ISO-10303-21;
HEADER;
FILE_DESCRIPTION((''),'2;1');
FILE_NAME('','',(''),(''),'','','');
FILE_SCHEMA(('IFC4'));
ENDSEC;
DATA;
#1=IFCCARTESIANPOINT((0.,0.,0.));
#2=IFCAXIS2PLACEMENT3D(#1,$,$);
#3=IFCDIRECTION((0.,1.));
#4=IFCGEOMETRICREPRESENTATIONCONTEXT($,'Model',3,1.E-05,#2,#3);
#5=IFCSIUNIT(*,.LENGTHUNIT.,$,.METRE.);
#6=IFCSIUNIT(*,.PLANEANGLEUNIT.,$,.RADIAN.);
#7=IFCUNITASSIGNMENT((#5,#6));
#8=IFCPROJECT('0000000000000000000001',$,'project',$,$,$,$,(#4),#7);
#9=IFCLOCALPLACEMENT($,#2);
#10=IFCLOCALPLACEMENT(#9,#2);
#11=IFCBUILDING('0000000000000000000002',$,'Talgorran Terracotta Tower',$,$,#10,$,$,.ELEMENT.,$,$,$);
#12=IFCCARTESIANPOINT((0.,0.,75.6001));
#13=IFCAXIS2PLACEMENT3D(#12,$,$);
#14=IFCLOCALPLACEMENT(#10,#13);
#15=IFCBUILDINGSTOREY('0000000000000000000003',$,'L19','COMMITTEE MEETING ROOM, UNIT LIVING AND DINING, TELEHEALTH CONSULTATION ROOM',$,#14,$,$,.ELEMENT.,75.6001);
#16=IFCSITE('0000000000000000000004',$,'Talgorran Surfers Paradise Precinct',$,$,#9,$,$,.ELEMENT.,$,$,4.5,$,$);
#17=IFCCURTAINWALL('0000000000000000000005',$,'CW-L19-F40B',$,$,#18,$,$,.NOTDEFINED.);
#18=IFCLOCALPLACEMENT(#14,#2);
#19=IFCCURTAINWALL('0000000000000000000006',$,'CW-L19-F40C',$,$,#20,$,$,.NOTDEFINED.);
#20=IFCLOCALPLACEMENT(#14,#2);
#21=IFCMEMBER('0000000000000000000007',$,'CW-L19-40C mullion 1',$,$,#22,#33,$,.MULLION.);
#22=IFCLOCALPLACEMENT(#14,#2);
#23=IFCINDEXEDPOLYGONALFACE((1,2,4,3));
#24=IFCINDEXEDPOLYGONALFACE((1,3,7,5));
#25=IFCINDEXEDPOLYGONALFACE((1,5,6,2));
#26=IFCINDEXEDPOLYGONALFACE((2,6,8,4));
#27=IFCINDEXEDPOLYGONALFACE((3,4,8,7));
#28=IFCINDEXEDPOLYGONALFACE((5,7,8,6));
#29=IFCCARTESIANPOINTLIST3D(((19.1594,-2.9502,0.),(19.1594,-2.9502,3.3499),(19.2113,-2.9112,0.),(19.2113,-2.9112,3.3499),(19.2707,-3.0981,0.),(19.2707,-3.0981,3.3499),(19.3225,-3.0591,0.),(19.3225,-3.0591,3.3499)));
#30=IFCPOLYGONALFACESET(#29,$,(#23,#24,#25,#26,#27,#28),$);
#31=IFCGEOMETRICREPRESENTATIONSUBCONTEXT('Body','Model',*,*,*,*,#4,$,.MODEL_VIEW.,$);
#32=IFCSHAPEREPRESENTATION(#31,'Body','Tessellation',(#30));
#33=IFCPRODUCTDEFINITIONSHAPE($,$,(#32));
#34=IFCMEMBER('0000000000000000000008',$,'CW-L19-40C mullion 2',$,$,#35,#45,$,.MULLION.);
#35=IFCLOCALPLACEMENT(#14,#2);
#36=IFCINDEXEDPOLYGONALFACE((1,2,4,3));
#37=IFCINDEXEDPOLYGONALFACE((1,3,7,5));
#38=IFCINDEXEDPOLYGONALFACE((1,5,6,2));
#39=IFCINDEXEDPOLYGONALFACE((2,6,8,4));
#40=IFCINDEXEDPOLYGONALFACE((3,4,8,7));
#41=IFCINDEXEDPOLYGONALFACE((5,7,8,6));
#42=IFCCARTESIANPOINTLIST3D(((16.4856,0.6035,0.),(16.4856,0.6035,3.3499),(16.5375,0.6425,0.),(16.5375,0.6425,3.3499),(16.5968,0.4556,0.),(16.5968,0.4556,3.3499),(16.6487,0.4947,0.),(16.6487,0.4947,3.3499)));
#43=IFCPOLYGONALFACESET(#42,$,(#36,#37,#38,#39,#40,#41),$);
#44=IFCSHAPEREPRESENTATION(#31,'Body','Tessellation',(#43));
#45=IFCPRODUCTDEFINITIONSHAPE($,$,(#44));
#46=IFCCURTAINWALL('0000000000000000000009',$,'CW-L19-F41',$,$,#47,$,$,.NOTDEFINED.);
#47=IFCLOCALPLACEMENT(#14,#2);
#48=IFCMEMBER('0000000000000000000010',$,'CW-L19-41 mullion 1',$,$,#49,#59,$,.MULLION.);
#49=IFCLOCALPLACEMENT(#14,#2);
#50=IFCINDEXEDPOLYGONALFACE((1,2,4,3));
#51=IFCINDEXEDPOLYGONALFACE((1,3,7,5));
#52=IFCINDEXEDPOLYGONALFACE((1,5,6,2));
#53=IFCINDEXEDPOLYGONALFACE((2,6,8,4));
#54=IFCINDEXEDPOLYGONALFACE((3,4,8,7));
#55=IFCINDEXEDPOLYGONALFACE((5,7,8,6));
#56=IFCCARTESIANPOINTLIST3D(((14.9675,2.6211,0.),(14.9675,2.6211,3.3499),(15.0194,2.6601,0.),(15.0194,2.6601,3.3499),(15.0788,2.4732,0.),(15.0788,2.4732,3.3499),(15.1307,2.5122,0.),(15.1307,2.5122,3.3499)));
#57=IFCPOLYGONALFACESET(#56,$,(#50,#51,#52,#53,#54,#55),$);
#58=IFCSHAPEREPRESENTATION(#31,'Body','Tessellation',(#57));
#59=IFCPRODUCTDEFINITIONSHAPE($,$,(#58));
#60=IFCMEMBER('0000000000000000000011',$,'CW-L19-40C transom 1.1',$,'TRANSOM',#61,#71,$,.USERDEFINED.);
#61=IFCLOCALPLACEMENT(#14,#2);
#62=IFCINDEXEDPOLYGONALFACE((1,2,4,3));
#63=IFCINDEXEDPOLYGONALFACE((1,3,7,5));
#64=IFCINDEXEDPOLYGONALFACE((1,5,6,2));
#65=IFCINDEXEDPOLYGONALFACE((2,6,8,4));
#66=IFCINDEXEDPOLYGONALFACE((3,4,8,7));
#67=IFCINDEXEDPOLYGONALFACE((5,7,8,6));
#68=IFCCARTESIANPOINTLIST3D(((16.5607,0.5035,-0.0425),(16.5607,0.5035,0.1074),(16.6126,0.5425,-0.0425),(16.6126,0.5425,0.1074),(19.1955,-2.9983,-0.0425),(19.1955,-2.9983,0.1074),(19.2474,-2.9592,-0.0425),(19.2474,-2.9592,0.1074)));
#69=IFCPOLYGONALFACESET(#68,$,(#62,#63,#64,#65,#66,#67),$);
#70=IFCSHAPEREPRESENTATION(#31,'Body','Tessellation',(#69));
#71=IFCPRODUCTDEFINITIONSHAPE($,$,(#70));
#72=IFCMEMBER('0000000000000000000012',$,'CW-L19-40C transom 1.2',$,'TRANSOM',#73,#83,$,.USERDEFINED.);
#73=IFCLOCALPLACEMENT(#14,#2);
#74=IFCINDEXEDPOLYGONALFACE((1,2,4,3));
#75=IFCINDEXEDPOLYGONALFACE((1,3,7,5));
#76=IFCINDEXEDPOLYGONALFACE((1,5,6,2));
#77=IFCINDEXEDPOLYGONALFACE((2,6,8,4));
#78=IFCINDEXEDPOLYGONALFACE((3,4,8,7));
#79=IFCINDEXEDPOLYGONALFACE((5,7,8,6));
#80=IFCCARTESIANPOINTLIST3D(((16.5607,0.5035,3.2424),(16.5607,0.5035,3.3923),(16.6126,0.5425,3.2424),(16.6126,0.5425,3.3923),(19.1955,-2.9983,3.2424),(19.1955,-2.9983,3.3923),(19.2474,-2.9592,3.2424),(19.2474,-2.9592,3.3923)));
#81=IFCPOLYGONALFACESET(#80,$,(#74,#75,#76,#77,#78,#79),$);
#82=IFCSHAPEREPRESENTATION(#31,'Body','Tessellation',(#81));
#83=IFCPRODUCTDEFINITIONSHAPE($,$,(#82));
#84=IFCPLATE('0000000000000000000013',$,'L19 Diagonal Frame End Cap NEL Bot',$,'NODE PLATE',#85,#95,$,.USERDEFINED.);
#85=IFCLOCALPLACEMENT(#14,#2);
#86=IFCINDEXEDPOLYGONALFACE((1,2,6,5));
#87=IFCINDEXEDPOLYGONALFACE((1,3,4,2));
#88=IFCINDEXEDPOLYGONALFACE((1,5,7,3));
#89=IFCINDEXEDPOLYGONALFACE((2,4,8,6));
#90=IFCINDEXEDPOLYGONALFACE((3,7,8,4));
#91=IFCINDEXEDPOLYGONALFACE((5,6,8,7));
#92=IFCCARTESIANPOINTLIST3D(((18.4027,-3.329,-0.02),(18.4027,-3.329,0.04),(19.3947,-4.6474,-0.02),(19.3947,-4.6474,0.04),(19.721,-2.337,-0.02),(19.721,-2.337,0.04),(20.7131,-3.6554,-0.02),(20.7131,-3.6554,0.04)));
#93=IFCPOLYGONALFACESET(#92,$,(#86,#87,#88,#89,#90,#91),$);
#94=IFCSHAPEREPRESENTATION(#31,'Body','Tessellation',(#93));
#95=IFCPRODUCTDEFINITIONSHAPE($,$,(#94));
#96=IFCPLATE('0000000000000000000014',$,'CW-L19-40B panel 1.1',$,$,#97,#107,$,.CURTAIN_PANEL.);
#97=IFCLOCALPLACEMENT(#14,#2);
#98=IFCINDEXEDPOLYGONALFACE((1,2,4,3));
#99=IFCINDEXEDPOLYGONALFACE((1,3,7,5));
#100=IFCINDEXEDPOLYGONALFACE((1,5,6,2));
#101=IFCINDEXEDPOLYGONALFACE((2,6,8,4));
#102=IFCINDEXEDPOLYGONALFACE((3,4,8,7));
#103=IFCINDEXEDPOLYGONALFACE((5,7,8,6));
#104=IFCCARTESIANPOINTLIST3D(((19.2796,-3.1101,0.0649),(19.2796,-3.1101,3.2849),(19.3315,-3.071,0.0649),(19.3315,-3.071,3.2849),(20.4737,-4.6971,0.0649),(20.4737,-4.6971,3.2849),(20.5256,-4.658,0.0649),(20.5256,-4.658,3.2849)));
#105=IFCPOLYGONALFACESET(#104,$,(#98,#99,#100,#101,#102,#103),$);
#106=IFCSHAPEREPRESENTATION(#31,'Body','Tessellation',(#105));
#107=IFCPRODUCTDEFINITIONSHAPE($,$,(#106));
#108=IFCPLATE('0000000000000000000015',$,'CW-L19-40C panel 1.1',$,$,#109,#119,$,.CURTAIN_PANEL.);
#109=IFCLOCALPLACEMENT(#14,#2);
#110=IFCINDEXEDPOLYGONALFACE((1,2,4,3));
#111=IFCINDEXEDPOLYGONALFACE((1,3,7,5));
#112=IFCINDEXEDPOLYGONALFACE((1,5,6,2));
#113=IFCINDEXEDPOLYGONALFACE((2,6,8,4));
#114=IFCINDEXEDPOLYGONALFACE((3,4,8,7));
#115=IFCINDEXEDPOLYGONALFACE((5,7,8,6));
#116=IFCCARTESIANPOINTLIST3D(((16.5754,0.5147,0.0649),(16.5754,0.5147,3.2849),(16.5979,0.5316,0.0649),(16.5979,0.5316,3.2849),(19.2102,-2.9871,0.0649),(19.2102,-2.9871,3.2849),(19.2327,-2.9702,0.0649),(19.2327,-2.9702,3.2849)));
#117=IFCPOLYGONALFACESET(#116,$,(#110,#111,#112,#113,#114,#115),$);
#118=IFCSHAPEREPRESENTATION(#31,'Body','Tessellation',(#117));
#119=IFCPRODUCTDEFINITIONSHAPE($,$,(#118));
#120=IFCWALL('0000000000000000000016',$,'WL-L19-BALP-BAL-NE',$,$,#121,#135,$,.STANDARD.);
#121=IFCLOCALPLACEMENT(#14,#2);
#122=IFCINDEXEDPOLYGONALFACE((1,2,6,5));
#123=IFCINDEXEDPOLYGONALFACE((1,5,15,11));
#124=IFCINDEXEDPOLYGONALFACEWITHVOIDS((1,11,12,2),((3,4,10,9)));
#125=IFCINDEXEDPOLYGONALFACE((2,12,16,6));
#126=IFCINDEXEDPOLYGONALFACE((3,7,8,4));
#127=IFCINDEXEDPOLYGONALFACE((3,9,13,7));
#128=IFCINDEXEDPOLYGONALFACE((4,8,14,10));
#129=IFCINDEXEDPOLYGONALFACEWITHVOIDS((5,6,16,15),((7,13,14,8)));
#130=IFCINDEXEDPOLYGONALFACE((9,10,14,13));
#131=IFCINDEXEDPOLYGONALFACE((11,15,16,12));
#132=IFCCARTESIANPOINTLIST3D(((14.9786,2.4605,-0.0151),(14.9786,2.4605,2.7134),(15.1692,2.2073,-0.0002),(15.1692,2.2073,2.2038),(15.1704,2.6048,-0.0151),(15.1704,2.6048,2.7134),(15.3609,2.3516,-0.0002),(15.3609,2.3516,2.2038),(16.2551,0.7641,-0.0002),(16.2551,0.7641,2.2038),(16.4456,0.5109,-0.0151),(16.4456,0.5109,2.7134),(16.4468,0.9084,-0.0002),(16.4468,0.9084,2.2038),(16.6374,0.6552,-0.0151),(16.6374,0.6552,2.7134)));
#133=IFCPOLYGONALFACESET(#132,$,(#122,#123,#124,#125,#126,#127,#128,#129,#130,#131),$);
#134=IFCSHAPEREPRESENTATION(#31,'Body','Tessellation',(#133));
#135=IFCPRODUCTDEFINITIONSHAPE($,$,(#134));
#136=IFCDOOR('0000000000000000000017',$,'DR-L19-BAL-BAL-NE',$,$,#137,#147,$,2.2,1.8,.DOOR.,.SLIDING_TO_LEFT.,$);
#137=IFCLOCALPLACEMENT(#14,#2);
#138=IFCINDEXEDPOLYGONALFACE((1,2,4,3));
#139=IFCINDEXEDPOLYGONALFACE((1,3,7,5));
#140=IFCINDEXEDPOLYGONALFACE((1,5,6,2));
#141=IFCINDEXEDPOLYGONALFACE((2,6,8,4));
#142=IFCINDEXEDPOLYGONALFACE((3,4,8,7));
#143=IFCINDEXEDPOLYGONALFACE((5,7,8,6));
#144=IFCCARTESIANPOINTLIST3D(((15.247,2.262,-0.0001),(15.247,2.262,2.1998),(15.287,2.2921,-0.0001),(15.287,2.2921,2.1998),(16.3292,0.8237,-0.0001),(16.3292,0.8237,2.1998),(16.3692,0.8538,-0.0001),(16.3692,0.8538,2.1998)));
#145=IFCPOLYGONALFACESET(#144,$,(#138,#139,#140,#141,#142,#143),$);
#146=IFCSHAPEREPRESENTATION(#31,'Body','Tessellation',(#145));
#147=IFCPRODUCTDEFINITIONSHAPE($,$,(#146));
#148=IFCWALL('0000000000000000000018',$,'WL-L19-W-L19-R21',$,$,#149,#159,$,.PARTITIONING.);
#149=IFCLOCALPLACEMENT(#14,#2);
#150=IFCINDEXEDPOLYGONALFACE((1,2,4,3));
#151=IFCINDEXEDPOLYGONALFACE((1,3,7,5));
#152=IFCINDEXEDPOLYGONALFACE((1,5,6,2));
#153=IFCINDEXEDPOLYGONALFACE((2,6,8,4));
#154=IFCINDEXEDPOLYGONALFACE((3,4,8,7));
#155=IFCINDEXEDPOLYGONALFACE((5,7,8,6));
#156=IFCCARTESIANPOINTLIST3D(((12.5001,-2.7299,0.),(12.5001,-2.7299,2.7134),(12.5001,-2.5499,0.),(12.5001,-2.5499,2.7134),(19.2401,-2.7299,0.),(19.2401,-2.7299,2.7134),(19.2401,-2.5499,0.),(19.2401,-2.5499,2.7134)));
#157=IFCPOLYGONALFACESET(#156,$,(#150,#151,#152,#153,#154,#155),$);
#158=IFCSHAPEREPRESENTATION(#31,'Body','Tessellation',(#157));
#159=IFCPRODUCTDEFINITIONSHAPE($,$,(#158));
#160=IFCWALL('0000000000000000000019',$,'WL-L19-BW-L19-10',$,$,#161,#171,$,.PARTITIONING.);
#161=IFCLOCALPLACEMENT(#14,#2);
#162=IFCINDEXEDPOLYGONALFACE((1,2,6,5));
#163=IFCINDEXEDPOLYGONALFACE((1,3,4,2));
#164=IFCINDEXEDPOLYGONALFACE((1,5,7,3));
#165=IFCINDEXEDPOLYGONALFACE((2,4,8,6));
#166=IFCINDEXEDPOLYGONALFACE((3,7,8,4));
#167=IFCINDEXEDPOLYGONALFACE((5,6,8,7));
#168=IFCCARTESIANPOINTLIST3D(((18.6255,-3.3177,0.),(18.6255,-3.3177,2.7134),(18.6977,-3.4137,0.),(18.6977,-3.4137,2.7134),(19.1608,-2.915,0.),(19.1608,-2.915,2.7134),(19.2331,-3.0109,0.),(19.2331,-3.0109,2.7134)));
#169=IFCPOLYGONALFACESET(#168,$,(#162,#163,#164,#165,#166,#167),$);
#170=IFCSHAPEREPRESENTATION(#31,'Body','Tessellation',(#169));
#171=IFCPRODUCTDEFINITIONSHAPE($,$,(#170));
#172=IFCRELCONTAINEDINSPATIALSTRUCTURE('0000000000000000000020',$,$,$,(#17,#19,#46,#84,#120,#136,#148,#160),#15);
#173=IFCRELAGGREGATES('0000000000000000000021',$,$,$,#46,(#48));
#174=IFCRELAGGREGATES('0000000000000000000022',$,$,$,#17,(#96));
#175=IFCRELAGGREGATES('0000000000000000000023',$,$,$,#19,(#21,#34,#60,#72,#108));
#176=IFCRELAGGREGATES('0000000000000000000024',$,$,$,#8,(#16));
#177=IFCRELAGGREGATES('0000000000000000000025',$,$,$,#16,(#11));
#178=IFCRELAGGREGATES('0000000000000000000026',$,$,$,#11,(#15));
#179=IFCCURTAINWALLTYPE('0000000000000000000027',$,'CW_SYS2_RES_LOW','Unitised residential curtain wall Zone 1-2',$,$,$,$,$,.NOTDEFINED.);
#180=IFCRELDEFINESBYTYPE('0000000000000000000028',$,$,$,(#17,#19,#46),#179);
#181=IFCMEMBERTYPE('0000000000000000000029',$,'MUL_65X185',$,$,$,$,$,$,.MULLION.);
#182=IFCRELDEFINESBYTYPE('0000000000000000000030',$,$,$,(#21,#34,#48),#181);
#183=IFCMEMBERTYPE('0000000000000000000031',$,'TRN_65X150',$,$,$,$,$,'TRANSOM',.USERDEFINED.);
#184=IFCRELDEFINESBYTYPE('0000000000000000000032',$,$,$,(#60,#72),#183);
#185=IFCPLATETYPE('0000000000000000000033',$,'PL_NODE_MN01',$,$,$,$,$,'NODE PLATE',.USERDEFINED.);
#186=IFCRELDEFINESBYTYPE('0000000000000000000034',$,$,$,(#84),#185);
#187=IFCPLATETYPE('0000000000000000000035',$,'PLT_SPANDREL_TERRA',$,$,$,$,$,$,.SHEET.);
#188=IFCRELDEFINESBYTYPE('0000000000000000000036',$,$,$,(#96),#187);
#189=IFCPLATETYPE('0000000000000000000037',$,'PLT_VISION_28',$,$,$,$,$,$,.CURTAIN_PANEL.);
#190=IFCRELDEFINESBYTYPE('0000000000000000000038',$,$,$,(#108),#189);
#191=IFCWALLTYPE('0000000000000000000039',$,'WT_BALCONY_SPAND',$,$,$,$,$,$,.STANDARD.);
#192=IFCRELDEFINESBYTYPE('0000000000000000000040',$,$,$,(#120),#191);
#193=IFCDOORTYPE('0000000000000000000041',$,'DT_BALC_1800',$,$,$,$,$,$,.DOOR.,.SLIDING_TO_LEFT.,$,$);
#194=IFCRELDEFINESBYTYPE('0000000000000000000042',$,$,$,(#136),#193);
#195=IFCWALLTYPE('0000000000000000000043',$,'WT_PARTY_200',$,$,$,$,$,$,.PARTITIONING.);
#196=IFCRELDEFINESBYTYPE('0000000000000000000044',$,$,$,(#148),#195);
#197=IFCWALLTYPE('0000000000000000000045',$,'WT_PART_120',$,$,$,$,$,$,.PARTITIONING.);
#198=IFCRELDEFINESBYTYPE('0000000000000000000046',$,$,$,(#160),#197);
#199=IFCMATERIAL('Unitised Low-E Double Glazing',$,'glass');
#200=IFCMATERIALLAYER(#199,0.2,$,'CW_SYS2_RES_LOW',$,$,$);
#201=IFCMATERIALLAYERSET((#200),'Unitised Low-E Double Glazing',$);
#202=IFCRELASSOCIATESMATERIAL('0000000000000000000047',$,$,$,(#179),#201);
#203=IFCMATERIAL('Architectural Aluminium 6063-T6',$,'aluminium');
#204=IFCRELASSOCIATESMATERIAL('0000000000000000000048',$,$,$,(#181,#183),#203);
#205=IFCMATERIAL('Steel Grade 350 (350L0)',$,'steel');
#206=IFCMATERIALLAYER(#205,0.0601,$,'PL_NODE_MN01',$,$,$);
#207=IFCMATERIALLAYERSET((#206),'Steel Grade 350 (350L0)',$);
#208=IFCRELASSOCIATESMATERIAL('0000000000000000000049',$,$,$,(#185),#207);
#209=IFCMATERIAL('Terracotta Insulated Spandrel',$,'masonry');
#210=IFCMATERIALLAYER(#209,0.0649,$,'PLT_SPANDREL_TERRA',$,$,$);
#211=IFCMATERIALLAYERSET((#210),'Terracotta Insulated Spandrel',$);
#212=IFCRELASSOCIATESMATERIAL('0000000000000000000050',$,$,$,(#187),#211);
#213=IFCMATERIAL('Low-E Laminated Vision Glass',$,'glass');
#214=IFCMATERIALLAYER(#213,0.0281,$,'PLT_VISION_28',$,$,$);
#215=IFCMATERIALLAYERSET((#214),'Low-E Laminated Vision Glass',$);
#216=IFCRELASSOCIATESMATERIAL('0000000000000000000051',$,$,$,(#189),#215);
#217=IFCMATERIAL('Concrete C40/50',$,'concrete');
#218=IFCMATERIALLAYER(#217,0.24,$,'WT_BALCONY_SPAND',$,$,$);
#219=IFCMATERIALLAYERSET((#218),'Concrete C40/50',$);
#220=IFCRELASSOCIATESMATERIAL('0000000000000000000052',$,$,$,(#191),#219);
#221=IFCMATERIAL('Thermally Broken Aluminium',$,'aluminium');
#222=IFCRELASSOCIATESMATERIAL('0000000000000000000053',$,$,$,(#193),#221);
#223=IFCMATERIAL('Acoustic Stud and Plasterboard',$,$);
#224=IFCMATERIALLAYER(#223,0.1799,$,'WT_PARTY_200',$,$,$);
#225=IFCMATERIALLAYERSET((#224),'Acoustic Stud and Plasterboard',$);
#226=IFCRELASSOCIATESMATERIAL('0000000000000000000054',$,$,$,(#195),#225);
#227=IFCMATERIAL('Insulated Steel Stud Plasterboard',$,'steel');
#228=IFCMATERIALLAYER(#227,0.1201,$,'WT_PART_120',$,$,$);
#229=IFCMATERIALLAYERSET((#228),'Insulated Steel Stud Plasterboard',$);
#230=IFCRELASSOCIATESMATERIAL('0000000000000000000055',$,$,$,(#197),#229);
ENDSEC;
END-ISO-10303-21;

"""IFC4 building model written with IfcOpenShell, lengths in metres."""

from ifc_helpers import new_model, si_unit, direction, frame, frame_2d, origin, origin_2d, place, context, subcontext, project, spatial, rectangle, extrude, source, transform, mapped, material, layer, layer_set, material_profile, profile_set, type_object, type_shapes, element, fill, aggregate, save


model = new_model("IFC4")

# Units and contexts
model_context = context("Model", 3, precision=1e-05, world=origin(), true_north=direction((0.0, 1.0)))
body_context = subcontext(model_context, "Body", "Model", "MODEL_VIEW")
ifc_project = project(units=[si_unit("LENGTHUNIT", "METRE"), si_unit("PLANEANGLEUNIT", "RADIAN")], contexts=[model_context])

# Site, building, storey
site_placement = place(None, origin())
site = spatial("IfcSite", under=ifc_project, at=site_placement, Name="Talgorran Surfers Paradise Precinct", CompositionType="ELEMENT", RefElevation=4.5)
building_placement = place(site_placement, origin())
building = spatial("IfcBuilding", under=site, at=building_placement, Name="Talgorran Terracotta Tower", CompositionType="ELEMENT")
storey_placement = place(building_placement, frame((0.0, 0.0, 75.6001)))
storey = spatial("IfcBuildingStorey", under=building, at=storey_placement, Name="L19", Description="COMMITTEE MEETING ROOM, UNIT LIVING AND DINING, TELEHEALTH CONSULTATION ROOM", CompositionType="ELEMENT", Elevation=75.6001)

# Shared definitions
ifc_material_1 = material(Name="Steel Grade 350 (350L0)", Category="steel")

# Curtain wall
ifc_material_2 = material(Name="Unitised Low-E Double Glazing", Category="glass")
ifc_layer_1 = layer(ifc_material_2, 0.2, Name="CW_SYS2_RES_LOW")
ifc_layer_set_1 = layer_set([ifc_layer_1], Name="Unitised Low-E Double Glazing")
curtain_wall_type = type_object("IfcCurtainWallType", Name="CW_SYS2_RES_LOW", Description="Unitised residential curtain wall Zone 1-2", PredefinedType="NOTDEFINED", material=ifc_layer_set_1)
curtain_wall_1_placement = place(storey_placement, origin())
curtain_wall_1 = element("IfcCurtainWall", 1, at=curtain_wall_1_placement, inside=storey, type_object=curtain_wall_type, Name="CW-L19-F40B", PredefinedType="NOTDEFINED")
ifc_material_3 = material(Name="Architectural Aluminium 6063-T6", Category="aluminium")
ifc_material_profile_1 = material_profile(ifc_material_3, rectangle(XDim=0.0649, YDim=0.1851, at=origin_2d()), Name="CWM65X185")
ifc_profile_set_1 = profile_set([ifc_material_profile_1], Name="Architectural Aluminium 6063-T6")
member_type_1 = type_object("IfcMemberType", Name="MUL_65X185", PredefinedType="MULLION", material=ifc_profile_set_1)

# Curtain wall, members
curtain_wall_2_placement = place(storey_placement, origin())
curtain_wall_2 = element("IfcCurtainWall", 2, at=curtain_wall_2_placement, inside=storey, type_object=curtain_wall_type, Name="CW-L19-F40C", PredefinedType="NOTDEFINED")
member_1_placement = place(storey_placement, frame((19.241, -3.0046, 0.0), z_axis=(0.0, 0.0, 1.0), x_axis=(-0.799071, -0.601237, 0.0)))
member_1 = element("IfcMember", 3, at=member_1_placement, type_object=member_type_1, Name="CW-L19-40C mullion 1", PredefinedType="MULLION", context=body_context, shape_type="SweptSolid", body=[
    extrude(rectangle(XDim=0.0649, YDim=0.1851, at=origin_2d()), origin(), (0.0, 0.0, 1.0), 3.3499),
])
member_2_placement = place(storey_placement, frame((16.5671, 0.5491, 0.0), z_axis=(0.0, 0.0, 1.0), x_axis=(-0.799071, -0.601237, 0.0)))
member_2 = element("IfcMember", 4, at=member_2_placement, type_object=member_type_1, Name="CW-L19-40C mullion 2", PredefinedType="MULLION", context=body_context, shape_type="SweptSolid", body=[
    extrude(rectangle(XDim=0.0649, YDim=0.1851, at=origin_2d()), origin(), (0.0, 0.0, 1.0), 3.3499),
])

# Curtain wall, member
curtain_wall_3_placement = place(storey_placement, origin())
curtain_wall_3 = element("IfcCurtainWall", 5, at=curtain_wall_3_placement, inside=storey, type_object=curtain_wall_type, Name="CW-L19-F41", PredefinedType="NOTDEFINED")
member_3_placement = place(storey_placement, frame((15.0491, 2.5667, 0.0), z_axis=(0.0, 0.0, 1.0), x_axis=(-0.79906, -0.601252, 0.0)))
member_3 = element("IfcMember", 6, at=member_3_placement, type_object=member_type_1, Name="CW-L19-41 mullion 1", PredefinedType="MULLION", context=body_context, shape_type="SweptSolid", body=[
    extrude(rectangle(XDim=0.0649, YDim=0.1851, at=origin_2d()), origin(), (0.0, 0.0, 1.0), 3.3499),
])
aggregate(curtain_wall_3, [member_3])

# Members
ifc_material_profile_2 = material_profile(ifc_material_3, rectangle(XDim=0.0649, YDim=0.1499, at=origin_2d()), Name="CWT65X150")
ifc_profile_set_2 = profile_set([ifc_material_profile_2], Name="Architectural Aluminium 6063-T6")
member_type_2 = type_object("IfcMemberType", Name="TRN_65X150", ElementType="TRANSOM", PredefinedType="USERDEFINED", material=ifc_profile_set_2)
member_4_placement = place(storey_placement, frame((19.2214, -2.9788, 0.0325), z_axis=(-0.601238, 0.79907, 0.0), x_axis=(-0.79907, -0.601238, 0.0)))
member_4 = element("IfcMember", 7, at=member_4_placement, type_object=member_type_2, Name="CW-L19-40C transom 1.1", ObjectType="TRANSOM", PredefinedType="USERDEFINED", context=body_context, shape_type="SweptSolid", body=[
    extrude(rectangle(XDim=0.0649, YDim=0.1499, at=origin_2d()), origin(), (0.0, 0.0, 1.0), 4.3823),
])
member_5_placement = place(storey_placement, frame((19.2214, -2.9788, 3.3174), z_axis=(-0.601238, 0.79907, 0.0), x_axis=(-0.79907, -0.601238, 0.0)))
member_5 = element("IfcMember", 8, at=member_5_placement, type_object=member_type_2, Name="CW-L19-40C transom 1.2", ObjectType="TRANSOM", PredefinedType="USERDEFINED", context=body_context, shape_type="SweptSolid", body=[
    extrude(rectangle(XDim=0.0649, YDim=0.1499, at=origin_2d()), origin(), (0.0, 0.0, 1.0), 4.3823),
])

# Plates
ifc_layer_2 = layer(ifc_material_1, 0.0601, Name="PL_NODE_MN01")
ifc_layer_set_2 = layer_set([ifc_layer_2], Name="Steel Grade 350 (350L0)")
plate_type_1 = type_object("IfcPlateType", Name="PL_NODE_MN01", ElementType="NODE PLATE", PredefinedType="USERDEFINED", material=ifc_layer_set_2)
plate_1_placement = place(storey_placement, frame((19.5579, -3.4922, -0.02), z_axis=(0.0, 0.0, 1.0), x_axis=(0.601257, -0.799055, 0.0)))
element("IfcPlate", 9, at=plate_1_placement, inside=storey, type_object=plate_type_1, Name="L19 Diagonal Frame End Cap NEL Bot", ObjectType="NODE PLATE", PredefinedType="USERDEFINED", context=body_context, shape_type="SweptSolid", body=[
    extrude(rectangle(XDim=1.6499, YDim=1.6499, at=origin_2d()), origin(), (0.0, 0.0, 1.0), 0.0601),
])
ifc_material_4 = material(Name="Terracotta Insulated Spandrel", Category="masonry")
ifc_layer_3 = layer(ifc_material_4, 0.0649, Name="PLT_SPANDREL_TERRA")
ifc_layer_set_3 = layer_set([ifc_layer_3], Name="Terracotta Insulated Spandrel")
plate_type_2 = type_object("IfcPlateType", Name="PLT_SPANDREL_TERRA", PredefinedType="SHEET", material=ifc_layer_set_3)
shared_shape_1 = source(origin(), body_context, "Body", "SweptSolid", [
    extrude(rectangle(XDim=1.9861, YDim=0.0649, at=origin_2d()), origin(), (0.0, 0.0, 1.0), 3.22),
])
type_shapes(plate_type_2, [shared_shape_1])
plate_2_placement = place(storey_placement, frame((19.9026, -3.884, 0.0649), z_axis=(0.0, 0.0, 1.0), x_axis=(-0.601247, 0.799063, 0.0)))
plate_2 = element("IfcPlate", 10, at=plate_2_placement, type_object=plate_type_2, Name="CW-L19-40B panel 1.1", PredefinedType="CURTAIN_PANEL", context=body_context, shape_type="MappedRepresentation", body=[
    mapped(shared_shape_1, transform((0.0, 0.0, 0.0), scale=1.0)),
])
aggregate(curtain_wall_1, [plate_2])
ifc_material_5 = material(Name="Low-E Laminated Vision Glass", Category="glass")
ifc_layer_4 = layer(ifc_material_5, 0.0281, Name="PLT_VISION_28")
ifc_layer_set_4 = layer_set([ifc_layer_4], Name="Low-E Laminated Vision Glass")
plate_type_3 = type_object("IfcPlateType", Name="PLT_VISION_28", PredefinedType="CURTAIN_PANEL", material=ifc_layer_set_4)
shared_shape_2 = source(origin(), body_context, "Body", "SweptSolid", [
    extrude(rectangle(XDim=4.3823, YDim=0.0281, at=origin_2d()), origin(), (0.0, 0.0, 1.0), 3.22),
])
type_shapes(plate_type_3, [shared_shape_2])
plate_3_placement = place(storey_placement, frame((17.9041, -1.2278, 0.0649), z_axis=(0.0, 0.0, 1.0), x_axis=(-0.601237, 0.799071, 0.0)))
plate_3 = element("IfcPlate", 11, at=plate_3_placement, type_object=plate_type_3, Name="CW-L19-40C panel 1.1", PredefinedType="CURTAIN_PANEL", context=body_context, shape_type="MappedRepresentation", body=[
    mapped(shared_shape_2, transform((0.0, 0.0, 0.0), scale=1.0)),
])
aggregate(curtain_wall_2, [member_1, member_2, member_4, member_5, plate_3])

# Wall, opening, door
ifc_material_6 = material(Name="Concrete C40/50", Category="concrete")
ifc_layer_5 = layer(ifc_material_6, 0.24, Name="WT_BALCONY_SPAND")
ifc_layer_set_5 = layer_set([ifc_layer_5], Name="Concrete C40/50")
wall_type_1 = type_object("IfcWallType", Name="WT_BALCONY_SPAND", PredefinedType="STANDARD", material=ifc_layer_set_5)
wall_1_placement = place(storey_placement, frame((16.5415, 0.583, -0.0151), z_axis=(0.0, 0.0, 1.0), x_axis=(-0.601248, 0.799062, 0.0)))
wall_1 = element("IfcWall", 12, at=wall_1_placement, inside=storey, type_object=wall_type_1, Name="WL-L19-BALP-BAL-NE", PredefinedType="STANDARD", context=body_context, shape_type="SweptSolid", body=[
    extrude(rectangle(XDim=2.4399, YDim=0.24, at=frame_2d((1.22, 0.0))), origin(), (0.0, 0.0, 1.0), 2.7285),
])
opening_placement = place(wall_1_placement, frame((0.3201, 0.0, 0.0149)))
opening = element("IfcOpeningElement", 13, at=opening_placement, cuts=wall_1, PredefinedType="OPENING", context=body_context, shape_type="SweptSolid", body=[
    extrude(rectangle(XDim=1.806, YDim=2.204, at=frame_2d((0.8999, 1.1021))), frame((0.0, 0.1299, 0.0), z_axis=(0.0, -1.0, 0.0), x_axis=(1.0, 0.0, 0.0)), (0.0, 0.0, 1.0), 0.26),
])
ifc_material_7 = material(Name="Thermally Broken Aluminium", Category="aluminium")
door_type = type_object("IfcDoorType", Name="DT_BALC_1800", OperationType="SLIDING_TO_LEFT", PredefinedType="DOOR", material=ifc_material_7)
door_placement = place(opening_placement, origin())
door = element("IfcDoor", 14, at=door_placement, inside=storey, type_object=door_type, Name="DR-L19-BAL-BAL-NE", OperationType="SLIDING_TO_LEFT", OverallHeight=2.2, OverallWidth=1.8, PredefinedType="DOOR", context=body_context, shape_type="SweptSolid", body=[
    extrude(rectangle(XDim=1.8, YDim=2.2, at=frame_2d((0.8999, 1.1001))), frame((0.0, 0.0249, 0.0), z_axis=(0.0, -1.0, 0.0), x_axis=(1.0, 0.0, 0.0)), (0.0, 0.0, 1.0), 0.05),
])
fill(opening, door)

# Walls
ifc_material_8 = material(Name="Acoustic Stud and Plasterboard")
ifc_layer_6 = layer(ifc_material_8, 0.1799, Name="WT_PARTY_200")
ifc_layer_set_6 = layer_set([ifc_layer_6], Name="Acoustic Stud and Plasterboard")
wall_type_2 = type_object("IfcWallType", Name="WT_PARTY_200", PredefinedType="PARTITIONING", material=ifc_layer_set_6)
wall_2_placement = place(storey_placement, frame((12.5, -2.6399, 0.0), z_axis=(0.0, 0.0, 1.0), x_axis=(1.0, 0.0, 0.0)))
element("IfcWall", 15, at=wall_2_placement, inside=storey, type_object=wall_type_2, Name="WL-L19-W-L19-R21", PredefinedType="PARTITIONING", context=body_context, shape_type="SweptSolid", body=[
    extrude(rectangle(XDim=6.74, YDim=0.1799, at=frame_2d((3.3701, 0.0))), origin(), (0.0, 0.0, 1.0), 2.7134),
])
ifc_material_9 = material(Name="Insulated Steel Stud Plasterboard", Category="steel")
ifc_layer_7 = layer(ifc_material_9, 0.1201, Name="WT_PART_120")
ifc_layer_set_7 = layer_set([ifc_layer_7], Name="Insulated Steel Stud Plasterboard")
wall_type_3 = type_object("IfcWallType", Name="WT_PART_120", PredefinedType="PARTITIONING", material=ifc_layer_set_7)
wall_3_placement = place(storey_placement, frame((18.6616, -3.3657, 0.0), z_axis=(0.0, 0.0, 1.0), x_axis=(0.799081, 0.601224, 0.0)))
element("IfcWall", 16, at=wall_3_placement, inside=storey, type_object=wall_type_3, Name="WL-L19-BW-L19-10", PredefinedType="PARTITIONING", context=body_context, shape_type="SweptSolid", body=[
    extrude(rectangle(XDim=0.6699, YDim=0.1201, at=frame_2d((0.335, 0.0))), origin(), (0.0, 0.0, 1.0), 2.7134),
])

save(model, "model.ifc")
